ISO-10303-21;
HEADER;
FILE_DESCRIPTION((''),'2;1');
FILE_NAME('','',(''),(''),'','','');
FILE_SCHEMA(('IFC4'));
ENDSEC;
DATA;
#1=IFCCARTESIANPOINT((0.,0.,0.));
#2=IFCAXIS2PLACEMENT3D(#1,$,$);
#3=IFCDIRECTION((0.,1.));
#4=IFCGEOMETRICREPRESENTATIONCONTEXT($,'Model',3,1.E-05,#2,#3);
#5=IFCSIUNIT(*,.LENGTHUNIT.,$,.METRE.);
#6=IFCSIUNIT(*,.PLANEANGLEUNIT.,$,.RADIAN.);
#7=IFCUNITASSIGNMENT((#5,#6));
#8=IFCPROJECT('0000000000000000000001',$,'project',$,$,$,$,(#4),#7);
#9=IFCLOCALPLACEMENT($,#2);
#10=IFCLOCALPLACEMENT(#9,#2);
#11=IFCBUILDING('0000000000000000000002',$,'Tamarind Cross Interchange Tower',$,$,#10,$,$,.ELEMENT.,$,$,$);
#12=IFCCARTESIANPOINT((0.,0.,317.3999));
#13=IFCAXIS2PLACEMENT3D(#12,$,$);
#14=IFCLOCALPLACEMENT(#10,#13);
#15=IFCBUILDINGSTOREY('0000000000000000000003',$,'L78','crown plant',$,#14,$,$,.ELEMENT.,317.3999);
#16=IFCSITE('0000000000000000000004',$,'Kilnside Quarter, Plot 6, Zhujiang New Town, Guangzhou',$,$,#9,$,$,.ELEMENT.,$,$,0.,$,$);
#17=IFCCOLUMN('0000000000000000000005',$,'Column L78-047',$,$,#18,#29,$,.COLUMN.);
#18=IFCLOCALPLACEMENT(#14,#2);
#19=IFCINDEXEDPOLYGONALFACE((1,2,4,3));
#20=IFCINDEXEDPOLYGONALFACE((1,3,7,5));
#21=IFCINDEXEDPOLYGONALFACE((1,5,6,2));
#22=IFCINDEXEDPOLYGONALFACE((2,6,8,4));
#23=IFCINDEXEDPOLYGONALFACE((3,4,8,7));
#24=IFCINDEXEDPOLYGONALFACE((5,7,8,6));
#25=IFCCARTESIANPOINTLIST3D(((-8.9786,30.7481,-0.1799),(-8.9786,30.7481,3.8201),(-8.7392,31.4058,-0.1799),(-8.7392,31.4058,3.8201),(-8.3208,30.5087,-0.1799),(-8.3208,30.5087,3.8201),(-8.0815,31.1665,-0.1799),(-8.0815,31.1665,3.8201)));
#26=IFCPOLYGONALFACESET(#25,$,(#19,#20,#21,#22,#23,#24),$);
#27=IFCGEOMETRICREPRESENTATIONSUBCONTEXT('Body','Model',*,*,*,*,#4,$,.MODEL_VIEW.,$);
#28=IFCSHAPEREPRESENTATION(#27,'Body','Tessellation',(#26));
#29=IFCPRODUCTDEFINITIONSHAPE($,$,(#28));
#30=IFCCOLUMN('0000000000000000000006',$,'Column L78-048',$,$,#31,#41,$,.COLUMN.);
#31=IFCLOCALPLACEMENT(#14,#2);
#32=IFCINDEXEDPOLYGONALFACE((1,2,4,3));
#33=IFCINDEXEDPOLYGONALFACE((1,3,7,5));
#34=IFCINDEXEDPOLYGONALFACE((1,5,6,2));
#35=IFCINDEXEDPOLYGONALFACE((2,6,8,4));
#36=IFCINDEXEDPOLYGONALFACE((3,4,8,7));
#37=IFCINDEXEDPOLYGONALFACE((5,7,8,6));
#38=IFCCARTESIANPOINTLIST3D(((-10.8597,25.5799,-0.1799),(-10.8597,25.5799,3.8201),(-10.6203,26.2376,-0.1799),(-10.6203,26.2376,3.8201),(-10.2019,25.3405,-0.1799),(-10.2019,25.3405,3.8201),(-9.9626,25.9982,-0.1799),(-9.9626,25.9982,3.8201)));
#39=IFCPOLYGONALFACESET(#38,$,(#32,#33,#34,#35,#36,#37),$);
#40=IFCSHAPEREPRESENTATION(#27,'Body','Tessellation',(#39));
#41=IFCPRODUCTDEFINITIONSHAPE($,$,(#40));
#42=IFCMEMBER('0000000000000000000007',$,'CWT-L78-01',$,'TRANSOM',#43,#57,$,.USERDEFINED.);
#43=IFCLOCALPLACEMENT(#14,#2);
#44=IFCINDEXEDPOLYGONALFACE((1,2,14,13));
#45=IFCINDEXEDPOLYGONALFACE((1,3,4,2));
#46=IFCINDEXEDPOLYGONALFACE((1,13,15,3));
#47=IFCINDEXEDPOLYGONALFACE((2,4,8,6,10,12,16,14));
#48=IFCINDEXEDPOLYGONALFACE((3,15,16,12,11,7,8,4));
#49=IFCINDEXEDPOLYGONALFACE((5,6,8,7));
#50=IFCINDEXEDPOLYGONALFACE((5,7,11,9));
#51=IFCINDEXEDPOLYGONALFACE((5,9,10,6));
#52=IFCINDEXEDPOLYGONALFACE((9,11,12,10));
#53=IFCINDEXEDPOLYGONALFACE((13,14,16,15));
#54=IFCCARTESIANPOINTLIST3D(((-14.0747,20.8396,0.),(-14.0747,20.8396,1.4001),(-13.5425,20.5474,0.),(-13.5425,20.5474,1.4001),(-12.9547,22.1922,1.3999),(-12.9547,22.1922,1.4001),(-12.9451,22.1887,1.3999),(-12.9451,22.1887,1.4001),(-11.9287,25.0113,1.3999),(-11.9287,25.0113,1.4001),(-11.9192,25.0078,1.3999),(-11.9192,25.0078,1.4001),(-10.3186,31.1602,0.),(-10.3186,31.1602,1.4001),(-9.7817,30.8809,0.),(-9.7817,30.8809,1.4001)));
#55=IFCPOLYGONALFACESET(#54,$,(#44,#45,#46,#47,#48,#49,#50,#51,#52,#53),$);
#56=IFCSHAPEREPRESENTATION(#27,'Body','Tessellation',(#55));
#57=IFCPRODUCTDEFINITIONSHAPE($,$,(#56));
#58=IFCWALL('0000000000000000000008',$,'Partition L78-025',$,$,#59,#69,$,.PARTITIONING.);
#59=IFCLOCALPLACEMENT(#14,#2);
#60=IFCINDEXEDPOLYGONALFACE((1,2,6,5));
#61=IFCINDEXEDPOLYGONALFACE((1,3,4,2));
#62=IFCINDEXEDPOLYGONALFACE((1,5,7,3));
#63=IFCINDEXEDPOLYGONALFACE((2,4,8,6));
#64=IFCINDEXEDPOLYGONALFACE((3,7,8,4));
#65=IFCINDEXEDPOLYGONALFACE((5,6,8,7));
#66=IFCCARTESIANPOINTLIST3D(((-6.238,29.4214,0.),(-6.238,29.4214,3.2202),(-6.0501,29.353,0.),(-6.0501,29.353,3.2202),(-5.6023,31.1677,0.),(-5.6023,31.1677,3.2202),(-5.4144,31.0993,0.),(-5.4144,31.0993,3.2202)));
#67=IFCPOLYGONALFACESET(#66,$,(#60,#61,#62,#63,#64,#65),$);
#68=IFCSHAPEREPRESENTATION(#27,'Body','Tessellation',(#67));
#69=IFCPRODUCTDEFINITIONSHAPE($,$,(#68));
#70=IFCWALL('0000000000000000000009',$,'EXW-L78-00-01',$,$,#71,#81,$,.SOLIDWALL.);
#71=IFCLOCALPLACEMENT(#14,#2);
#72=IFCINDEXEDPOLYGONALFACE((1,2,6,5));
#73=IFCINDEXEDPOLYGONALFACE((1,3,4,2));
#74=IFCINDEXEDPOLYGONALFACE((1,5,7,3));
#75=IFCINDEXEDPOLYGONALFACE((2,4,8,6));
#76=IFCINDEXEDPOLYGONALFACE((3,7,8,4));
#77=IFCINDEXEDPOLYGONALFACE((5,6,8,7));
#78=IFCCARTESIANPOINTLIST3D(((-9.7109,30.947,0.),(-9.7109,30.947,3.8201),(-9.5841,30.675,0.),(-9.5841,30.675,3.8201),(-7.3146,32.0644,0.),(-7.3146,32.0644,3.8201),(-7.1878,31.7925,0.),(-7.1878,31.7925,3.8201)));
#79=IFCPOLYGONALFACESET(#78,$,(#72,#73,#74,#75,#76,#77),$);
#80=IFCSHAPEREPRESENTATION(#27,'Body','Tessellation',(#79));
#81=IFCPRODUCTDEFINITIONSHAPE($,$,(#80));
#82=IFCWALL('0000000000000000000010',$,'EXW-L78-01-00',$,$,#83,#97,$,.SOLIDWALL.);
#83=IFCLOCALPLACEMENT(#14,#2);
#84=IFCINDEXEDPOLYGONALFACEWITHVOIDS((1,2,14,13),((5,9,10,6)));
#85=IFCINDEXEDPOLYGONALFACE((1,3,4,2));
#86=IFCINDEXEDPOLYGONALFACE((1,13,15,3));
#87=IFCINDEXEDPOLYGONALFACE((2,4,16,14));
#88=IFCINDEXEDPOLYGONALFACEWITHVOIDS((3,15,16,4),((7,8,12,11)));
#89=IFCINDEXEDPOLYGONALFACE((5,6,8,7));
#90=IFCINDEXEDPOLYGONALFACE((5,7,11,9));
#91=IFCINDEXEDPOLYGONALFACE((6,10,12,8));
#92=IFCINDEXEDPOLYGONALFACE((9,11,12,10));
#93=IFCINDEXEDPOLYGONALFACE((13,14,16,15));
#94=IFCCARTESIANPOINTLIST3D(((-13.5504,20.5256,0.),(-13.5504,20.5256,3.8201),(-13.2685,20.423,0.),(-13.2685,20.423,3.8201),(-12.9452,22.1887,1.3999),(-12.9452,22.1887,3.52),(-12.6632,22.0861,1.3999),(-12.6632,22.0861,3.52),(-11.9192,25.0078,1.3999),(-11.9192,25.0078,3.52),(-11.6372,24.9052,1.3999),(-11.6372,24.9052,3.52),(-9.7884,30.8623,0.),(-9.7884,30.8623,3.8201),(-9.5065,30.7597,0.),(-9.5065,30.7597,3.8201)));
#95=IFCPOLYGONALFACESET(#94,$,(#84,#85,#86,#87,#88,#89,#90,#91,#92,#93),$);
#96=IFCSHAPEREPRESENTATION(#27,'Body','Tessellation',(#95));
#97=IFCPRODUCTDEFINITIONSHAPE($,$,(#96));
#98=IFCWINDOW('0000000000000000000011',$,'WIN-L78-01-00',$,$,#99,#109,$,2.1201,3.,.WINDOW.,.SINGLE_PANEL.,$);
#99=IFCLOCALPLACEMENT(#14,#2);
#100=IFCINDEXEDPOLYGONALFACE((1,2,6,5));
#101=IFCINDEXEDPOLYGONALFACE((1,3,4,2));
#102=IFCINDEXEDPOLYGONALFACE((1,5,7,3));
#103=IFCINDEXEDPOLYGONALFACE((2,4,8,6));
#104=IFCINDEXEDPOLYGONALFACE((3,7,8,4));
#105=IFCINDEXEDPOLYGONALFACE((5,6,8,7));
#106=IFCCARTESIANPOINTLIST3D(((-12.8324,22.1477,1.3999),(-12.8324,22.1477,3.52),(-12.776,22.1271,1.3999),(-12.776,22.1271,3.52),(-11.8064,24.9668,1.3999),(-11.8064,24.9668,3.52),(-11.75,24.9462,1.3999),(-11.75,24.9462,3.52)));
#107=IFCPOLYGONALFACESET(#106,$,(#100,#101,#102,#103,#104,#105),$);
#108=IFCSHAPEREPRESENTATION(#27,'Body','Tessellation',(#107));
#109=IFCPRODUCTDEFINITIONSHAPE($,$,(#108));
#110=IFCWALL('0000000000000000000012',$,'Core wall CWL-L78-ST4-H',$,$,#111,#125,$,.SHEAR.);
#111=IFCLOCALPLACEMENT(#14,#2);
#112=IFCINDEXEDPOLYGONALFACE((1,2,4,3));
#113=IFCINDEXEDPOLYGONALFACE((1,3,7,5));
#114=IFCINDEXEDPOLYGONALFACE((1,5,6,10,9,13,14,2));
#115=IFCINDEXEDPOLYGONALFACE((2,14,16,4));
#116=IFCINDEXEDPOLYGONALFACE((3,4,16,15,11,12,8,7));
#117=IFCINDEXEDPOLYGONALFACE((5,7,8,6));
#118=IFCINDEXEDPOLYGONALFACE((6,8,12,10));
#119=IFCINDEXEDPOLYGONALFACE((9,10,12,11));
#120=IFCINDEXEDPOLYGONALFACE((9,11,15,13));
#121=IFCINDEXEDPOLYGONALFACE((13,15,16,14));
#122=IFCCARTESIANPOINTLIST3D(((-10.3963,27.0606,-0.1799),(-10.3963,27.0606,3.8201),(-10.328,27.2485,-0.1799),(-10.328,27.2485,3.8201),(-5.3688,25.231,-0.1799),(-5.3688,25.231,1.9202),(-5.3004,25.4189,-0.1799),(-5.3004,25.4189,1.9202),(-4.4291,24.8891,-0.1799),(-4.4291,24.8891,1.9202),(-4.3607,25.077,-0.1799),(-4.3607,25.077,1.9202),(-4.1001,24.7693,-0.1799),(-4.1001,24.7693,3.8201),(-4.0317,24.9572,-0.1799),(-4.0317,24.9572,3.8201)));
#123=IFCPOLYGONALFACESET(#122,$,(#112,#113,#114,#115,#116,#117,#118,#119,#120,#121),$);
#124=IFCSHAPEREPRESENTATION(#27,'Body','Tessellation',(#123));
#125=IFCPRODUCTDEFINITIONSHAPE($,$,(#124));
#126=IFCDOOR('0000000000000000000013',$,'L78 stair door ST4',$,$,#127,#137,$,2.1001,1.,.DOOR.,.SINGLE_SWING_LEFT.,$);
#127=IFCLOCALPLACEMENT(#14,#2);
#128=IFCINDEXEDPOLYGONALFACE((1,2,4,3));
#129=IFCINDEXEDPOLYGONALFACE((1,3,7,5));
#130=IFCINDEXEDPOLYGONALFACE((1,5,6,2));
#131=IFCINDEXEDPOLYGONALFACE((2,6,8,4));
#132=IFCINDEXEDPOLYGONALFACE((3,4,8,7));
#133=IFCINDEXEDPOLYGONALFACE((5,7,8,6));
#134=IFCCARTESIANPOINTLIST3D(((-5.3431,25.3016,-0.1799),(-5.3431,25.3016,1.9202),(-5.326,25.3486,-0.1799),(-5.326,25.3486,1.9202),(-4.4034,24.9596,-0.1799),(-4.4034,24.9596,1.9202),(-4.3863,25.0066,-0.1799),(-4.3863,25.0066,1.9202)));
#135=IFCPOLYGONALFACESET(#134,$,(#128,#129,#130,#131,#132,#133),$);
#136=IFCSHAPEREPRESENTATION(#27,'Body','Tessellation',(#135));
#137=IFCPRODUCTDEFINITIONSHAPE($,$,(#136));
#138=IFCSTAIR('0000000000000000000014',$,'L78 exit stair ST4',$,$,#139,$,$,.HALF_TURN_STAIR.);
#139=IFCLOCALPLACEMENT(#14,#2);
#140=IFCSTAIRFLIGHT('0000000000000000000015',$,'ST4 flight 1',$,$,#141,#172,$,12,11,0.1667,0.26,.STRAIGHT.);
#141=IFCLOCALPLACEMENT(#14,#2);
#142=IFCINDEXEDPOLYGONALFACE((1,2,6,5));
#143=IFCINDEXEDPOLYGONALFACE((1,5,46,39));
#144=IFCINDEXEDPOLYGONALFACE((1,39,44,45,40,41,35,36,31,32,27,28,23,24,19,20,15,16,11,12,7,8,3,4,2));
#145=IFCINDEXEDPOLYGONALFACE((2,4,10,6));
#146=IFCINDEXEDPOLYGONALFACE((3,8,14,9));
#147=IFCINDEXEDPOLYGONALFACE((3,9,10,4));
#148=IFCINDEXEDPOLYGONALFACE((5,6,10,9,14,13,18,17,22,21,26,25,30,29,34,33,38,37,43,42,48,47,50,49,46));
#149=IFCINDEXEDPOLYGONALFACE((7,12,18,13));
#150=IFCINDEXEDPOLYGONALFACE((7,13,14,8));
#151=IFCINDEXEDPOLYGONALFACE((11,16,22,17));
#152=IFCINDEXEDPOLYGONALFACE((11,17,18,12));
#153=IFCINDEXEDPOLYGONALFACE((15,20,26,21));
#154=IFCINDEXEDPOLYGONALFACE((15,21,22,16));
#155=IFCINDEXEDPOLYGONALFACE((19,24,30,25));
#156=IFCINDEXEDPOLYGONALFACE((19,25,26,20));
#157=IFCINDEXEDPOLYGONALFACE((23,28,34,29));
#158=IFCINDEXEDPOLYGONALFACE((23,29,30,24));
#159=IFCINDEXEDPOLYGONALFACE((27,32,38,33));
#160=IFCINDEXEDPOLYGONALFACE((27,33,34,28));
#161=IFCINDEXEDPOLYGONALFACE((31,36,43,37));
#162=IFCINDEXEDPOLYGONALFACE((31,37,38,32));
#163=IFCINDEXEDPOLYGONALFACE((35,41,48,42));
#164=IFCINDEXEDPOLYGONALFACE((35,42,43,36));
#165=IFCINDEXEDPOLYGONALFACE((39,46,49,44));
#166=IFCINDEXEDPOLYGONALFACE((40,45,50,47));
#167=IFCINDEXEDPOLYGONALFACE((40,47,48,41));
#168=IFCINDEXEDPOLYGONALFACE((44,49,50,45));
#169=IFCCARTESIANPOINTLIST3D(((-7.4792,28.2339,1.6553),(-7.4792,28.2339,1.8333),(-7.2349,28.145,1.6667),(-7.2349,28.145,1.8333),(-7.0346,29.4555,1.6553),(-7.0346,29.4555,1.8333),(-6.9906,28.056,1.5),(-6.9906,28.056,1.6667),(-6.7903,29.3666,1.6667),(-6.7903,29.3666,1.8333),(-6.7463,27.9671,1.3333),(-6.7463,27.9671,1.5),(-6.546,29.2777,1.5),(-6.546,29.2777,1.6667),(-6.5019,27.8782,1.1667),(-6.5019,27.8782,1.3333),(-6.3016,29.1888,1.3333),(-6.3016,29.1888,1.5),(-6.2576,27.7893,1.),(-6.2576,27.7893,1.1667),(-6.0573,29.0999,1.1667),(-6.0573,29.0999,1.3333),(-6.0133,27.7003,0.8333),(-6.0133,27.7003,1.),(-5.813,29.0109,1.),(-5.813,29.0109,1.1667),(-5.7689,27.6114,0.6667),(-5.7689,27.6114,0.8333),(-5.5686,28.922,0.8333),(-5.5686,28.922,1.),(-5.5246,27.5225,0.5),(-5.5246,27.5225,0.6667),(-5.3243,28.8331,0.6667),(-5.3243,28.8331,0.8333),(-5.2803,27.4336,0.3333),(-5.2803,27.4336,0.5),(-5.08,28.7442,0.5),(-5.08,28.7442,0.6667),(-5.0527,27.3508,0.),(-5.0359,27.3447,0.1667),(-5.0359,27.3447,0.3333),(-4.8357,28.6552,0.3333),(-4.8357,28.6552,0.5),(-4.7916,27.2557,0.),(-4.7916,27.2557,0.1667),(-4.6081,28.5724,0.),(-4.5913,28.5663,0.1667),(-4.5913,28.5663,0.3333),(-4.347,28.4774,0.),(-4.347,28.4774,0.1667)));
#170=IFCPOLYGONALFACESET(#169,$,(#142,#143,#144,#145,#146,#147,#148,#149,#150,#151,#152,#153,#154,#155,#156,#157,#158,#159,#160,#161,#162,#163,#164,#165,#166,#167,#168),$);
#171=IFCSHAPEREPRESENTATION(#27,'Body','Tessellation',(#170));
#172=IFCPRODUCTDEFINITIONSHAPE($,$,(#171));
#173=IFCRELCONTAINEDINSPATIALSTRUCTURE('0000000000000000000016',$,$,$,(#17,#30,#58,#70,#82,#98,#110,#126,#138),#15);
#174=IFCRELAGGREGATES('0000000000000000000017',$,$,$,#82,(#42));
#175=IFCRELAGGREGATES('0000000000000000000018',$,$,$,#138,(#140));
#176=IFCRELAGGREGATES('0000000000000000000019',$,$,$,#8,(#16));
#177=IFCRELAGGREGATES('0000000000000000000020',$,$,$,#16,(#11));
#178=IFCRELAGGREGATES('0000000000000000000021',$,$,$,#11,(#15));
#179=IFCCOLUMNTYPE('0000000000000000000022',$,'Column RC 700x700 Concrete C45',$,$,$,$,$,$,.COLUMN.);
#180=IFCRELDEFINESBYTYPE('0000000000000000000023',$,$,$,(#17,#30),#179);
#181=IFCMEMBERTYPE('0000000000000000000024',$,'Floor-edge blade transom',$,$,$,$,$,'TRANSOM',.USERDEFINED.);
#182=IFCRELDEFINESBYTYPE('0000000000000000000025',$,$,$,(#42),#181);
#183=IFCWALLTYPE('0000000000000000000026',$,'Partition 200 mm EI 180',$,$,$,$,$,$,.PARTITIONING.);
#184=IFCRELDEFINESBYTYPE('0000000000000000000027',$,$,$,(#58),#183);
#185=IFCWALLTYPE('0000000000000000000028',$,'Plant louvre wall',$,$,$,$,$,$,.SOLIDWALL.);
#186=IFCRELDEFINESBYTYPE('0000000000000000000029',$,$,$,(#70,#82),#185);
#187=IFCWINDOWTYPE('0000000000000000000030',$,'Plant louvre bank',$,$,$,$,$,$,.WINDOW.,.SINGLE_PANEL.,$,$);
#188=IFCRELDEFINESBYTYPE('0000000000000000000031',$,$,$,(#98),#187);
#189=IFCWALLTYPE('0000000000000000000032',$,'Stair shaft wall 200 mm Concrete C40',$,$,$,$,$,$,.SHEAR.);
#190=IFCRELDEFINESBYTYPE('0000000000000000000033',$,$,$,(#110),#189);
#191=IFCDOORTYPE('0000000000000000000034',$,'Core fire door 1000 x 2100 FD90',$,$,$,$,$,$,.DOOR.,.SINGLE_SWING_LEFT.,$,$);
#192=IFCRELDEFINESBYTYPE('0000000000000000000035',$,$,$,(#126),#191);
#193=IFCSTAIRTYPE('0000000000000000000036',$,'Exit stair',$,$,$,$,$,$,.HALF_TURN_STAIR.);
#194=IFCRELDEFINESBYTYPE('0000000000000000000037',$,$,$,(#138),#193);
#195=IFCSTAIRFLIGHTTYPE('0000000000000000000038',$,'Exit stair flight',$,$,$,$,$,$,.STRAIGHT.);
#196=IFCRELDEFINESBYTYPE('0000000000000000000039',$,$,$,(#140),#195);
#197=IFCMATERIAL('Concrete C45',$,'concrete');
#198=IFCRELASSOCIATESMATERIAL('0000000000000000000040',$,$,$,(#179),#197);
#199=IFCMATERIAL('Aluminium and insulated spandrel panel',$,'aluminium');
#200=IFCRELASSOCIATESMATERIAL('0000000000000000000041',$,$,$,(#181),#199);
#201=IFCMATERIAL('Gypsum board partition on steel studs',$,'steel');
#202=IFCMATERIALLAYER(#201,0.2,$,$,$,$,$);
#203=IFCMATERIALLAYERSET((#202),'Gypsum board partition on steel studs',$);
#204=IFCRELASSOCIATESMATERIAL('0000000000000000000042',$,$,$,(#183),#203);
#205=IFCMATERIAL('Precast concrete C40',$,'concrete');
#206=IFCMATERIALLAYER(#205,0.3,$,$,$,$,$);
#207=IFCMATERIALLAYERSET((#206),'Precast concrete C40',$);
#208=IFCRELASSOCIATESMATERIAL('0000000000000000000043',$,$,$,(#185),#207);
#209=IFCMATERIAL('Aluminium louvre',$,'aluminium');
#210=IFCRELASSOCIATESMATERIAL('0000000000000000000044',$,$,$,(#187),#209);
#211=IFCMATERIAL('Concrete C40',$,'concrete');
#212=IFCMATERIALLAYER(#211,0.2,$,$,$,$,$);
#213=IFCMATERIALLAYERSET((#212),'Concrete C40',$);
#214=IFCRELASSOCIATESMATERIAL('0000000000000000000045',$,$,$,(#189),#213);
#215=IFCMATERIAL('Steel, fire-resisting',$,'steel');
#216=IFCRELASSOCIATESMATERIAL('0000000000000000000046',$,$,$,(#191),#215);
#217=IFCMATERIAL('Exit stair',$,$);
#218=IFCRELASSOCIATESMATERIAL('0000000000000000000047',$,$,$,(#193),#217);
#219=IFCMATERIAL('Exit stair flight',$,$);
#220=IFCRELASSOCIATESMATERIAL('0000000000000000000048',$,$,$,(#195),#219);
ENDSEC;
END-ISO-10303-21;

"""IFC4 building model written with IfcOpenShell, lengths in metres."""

from ifc_helpers import new_model, si_unit, direction, frame, frame_2d, origin, origin_2d, place, context, subcontext, project, spatial, polyline, rectangle, outline, extrude, material, layer, layer_set, material_profile, profile_set, type_object, element, fill, aggregate, save


model = new_model("IFC4")

# Units and contexts
model_context = context("Model", 3, precision=1e-05, world=origin(), true_north=direction((0.0, 1.0)))
body_context = subcontext(model_context, "Body", "Model", "MODEL_VIEW")
ifc_project = project(units=[si_unit("LENGTHUNIT", "METRE"), si_unit("PLANEANGLEUNIT", "RADIAN")], contexts=[model_context])

# Site, building, storey
site_placement = place(None, origin())
site = spatial("IfcSite", under=ifc_project, at=site_placement, Name="Kilnside Quarter, Plot 6, Zhujiang New Town, Guangzhou", CompositionType="ELEMENT", RefElevation=0.0)
building_placement = place(site_placement, origin())
building = spatial("IfcBuilding", under=site, at=building_placement, Name="Tamarind Cross Interchange Tower", CompositionType="ELEMENT")
storey_placement = place(building_placement, frame((0.0, 0.0, 317.3999)))
storey = spatial("IfcBuildingStorey", under=building, at=storey_placement, Name="L78", Description="crown plant", CompositionType="ELEMENT", Elevation=317.3999)

# Columns
ifc_material_1 = material(Name="Concrete C45", Category="concrete")
ifc_material_profile = material_profile(ifc_material_1, rectangle(XDim=0.7, YDim=0.7, at=origin_2d()), Name="RC 700x700")
ifc_profile_set = profile_set([ifc_material_profile], Name="Concrete C45")
column_type = type_object("IfcColumnType", Name="Column RC 700x700 Concrete C45", PredefinedType="COLUMN", material=ifc_profile_set)
for number, where, z_axis, x_axis, name in (
    (1, (-8.53, 30.9573, -0.1799), (0.0, 0.0, 1.0), (0.341994, 0.939702, 0.0), "Column L78-047"),
    (2, (-10.4111, 25.7891, -0.1799), (0.0, 0.0, 1.0), (0.341994, 0.939702, 0.0), "Column L78-048"),
):
    element("IfcColumn", number, at=place(storey_placement, frame(where, z_axis=z_axis, x_axis=x_axis)), inside=storey, type_object=column_type, Name=name, PredefinedType="COLUMN", context=body_context, shape_type="SweptSolid", body=[
        extrude(rectangle(XDim=0.7, YDim=0.7, at=origin_2d()), origin(), (0.0, 0.0, 1.0), 4.0),
    ])

# Member
ifc_material_2 = material(Name="Aluminium and insulated spandrel panel", Category="aluminium")
member_type = type_object("IfcMemberType", Name="Floor-edge blade transom", ElementType="TRANSOM", PredefinedType="USERDEFINED", material=ifc_material_2)
member_placement = place(storey_placement, origin())
member = element("IfcMember", 3, at=member_placement, type_object=member_type, Name="CWT-L78-01", ObjectType="TRANSOM", PredefinedType="USERDEFINED", context=body_context, shape_type="SweptSolid", body=[
    extrude(outline(polyline([(-9.7817, 30.8809), (-13.5425, 20.5474), (-14.0747, 20.8396), (-10.3186, 31.1602), (-9.7817, 30.8809)])), origin(), (0.0, 0.0, 1.0), 1.4001),
])

# Walls
ifc_material_3 = material(Name="Gypsum board partition on steel studs", Category="steel")
ifc_layer_1 = layer(ifc_material_3, 0.2)
ifc_layer_set_1 = layer_set([ifc_layer_1], Name="Gypsum board partition on steel studs")
wall_type_1 = type_object("IfcWallType", Name="Partition 200 mm EI 180", PredefinedType="PARTITIONING", material=ifc_layer_set_1)
wall_1_placement = place(storey_placement, frame((-6.144, 29.3872, 0.0), z_axis=(0.0, 0.0, 1.0), x_axis=(0.342081, 0.939671, 0.0)))
element("IfcWall", 4, at=wall_1_placement, inside=storey, type_object=wall_type_1, Name="Partition L78-025", PredefinedType="PARTITIONING", context=body_context, shape_type="SweptSolid", body=[
    extrude(rectangle(XDim=1.8584, YDim=0.2, at=frame_2d((0.9292, 0.0))), origin(), (0.0, 0.0, 1.0), 3.2202),
])
ifc_material_4 = material(Name="Precast concrete C40", Category="concrete")
ifc_layer_2 = layer(ifc_material_4, 0.3)
ifc_layer_set_2 = layer_set([ifc_layer_2], Name="Precast concrete C40")
wall_type_2 = type_object("IfcWallType", Name="Plant louvre wall", PredefinedType="SOLIDWALL", material=ifc_layer_set_2)
wall_2_placement = place(storey_placement, frame((-7.2512, 31.9285, 0.0), z_axis=(0.0, 0.0, 1.0), x_axis=(-0.906301, -0.422633, 0.0)))
element("IfcWall", 5, at=wall_2_placement, inside=storey, type_object=wall_type_2, Name="EXW-L78-00-01", PredefinedType="SOLIDWALL", context=body_context, shape_type="SweptSolid", body=[
    extrude(rectangle(XDim=2.644, YDim=0.3, at=frame_2d((1.322, 0.0))), origin(), (0.0, 0.0, 1.0), 3.8201),
])

# Wall, opening, window
wall_3_placement = place(storey_placement, frame((-9.6475, 30.811, 0.0), z_axis=(0.0, 0.0, 1.0), x_axis=(-0.341998, -0.939701, 0.0)))
wall_3 = element("IfcWall", 6, at=wall_3_placement, inside=storey, type_object=wall_type_2, Name="EXW-L78-01-00", PredefinedType="SOLIDWALL", context=body_context, shape_type="SweptSolid", body=[
    extrude(rectangle(XDim=11.0, YDim=0.3, at=frame_2d((5.5, 0.0))), origin(), (0.0, 0.0, 1.0), 3.8201),
])
opening_1_placement = place(wall_3_placement, frame((6.2302, 0.0, 1.3999)))
opening_1 = element("IfcOpeningElement", 7, at=opening_1_placement, cuts=wall_3, PredefinedType="OPENING", context=body_context, shape_type="SweptSolid", body=[
    extrude(rectangle(XDim=3.0, YDim=2.1201, at=frame_2d((1.5, 1.0601))), frame((0.0, 0.1599, 0.0), z_axis=(0.0, -1.0, 0.0), x_axis=(1.0, 0.0, 0.0)), (0.0, 0.0, 1.0), 0.3201),
])
ifc_material_5 = material(Name="Aluminium louvre", Category="aluminium")
window_type = type_object("IfcWindowType", Name="Plant louvre bank", PartitioningType="SINGLE_PANEL", PredefinedType="WINDOW", material=ifc_material_5)
window_placement = place(opening_1_placement, origin())
window = element("IfcWindow", 8, at=window_placement, inside=storey, type_object=window_type, Name="WIN-L78-01-00", OverallHeight=2.1201, OverallWidth=3.0, PartitioningType="SINGLE_PANEL", PredefinedType="WINDOW", context=body_context, shape_type="SweptSolid", body=[
    extrude(rectangle(XDim=3.0, YDim=2.1201, at=frame_2d((1.5, 1.0601))), frame((0.0, 0.03, 0.0), z_axis=(0.0, -1.0, 0.0), x_axis=(1.0, 0.0, 0.0)), (0.0, 0.0, 1.0), 0.0601),
])
fill(opening_1, window)
aggregate(wall_3, [member])

# Wall, opening, door
ifc_material_6 = material(Name="Concrete C40", Category="concrete")
ifc_layer_3 = layer(ifc_material_6, 0.2)
ifc_layer_set_3 = layer_set([ifc_layer_3], Name="Concrete C40")
wall_type_3 = type_object("IfcWallType", Name="Stair shaft wall 200 mm Concrete C40", PredefinedType="SHEAR", material=ifc_layer_set_3)
wall_4_placement = place(storey_placement, frame((-4.0659, 24.8633, -0.1799), z_axis=(0.0, 0.0, 1.0), x_axis=(-0.939709, 0.341974, 0.0)))
wall_4 = element("IfcWall", 9, at=wall_4_placement, inside=storey, type_object=wall_type_3, Name="Core wall CWL-L78-ST4-H", PredefinedType="SHEAR", context=body_context, shape_type="SweptSolid", body=[
    extrude(rectangle(XDim=6.7002, YDim=0.2, at=frame_2d((3.3501, 0.0))), origin(), (0.0, 0.0, 1.0), 4.0),
])
opening_2_placement = place(wall_4_placement, frame((0.3501, 0.0, 0.0)))
opening_2 = element("IfcOpeningElement", 10, at=opening_2_placement, cuts=wall_4, PredefinedType="OPENING", context=body_context, shape_type="SweptSolid", body=[
    extrude(rectangle(XDim=1.0, YDim=2.1001, at=frame_2d((0.5, 1.05))), frame((0.0, 0.1099, 0.0), z_axis=(0.0, -1.0, 0.0), x_axis=(1.0, 0.0, 0.0)), (0.0, 0.0, 1.0), 0.22),
])
ifc_material_7 = material(Name="Steel, fire-resisting", Category="steel")
door_type = type_object("IfcDoorType", Name="Core fire door 1000 x 2100 FD90", OperationType="SINGLE_SWING_LEFT", PredefinedType="DOOR", material=ifc_material_7)
door_placement = place(opening_2_placement, origin())
door = element("IfcDoor", 11, at=door_placement, inside=storey, type_object=door_type, Name="L78 stair door ST4", OperationType="SINGLE_SWING_LEFT", OverallHeight=2.1001, OverallWidth=1.0, PredefinedType="DOOR", context=body_context, shape_type="SweptSolid", body=[
    extrude(rectangle(XDim=1.0, YDim=2.1001, at=frame_2d((0.5, 1.05))), frame((0.0, 0.0249, 0.0), z_axis=(0.0, -1.0, 0.0), x_axis=(1.0, 0.0, 0.0)), (0.0, 0.0, 1.0), 0.05),
])
fill(opening_2, door)

# Stair, stair flight
ifc_material_8 = material(Name="Exit stair")
stair_type = type_object("IfcStairType", Name="Exit stair", PredefinedType="HALF_TURN_STAIR", material=ifc_material_8)
stair_placement = place(storey_placement, origin())
stair = element("IfcStair", 12, at=stair_placement, inside=storey, type_object=stair_type, Name="L78 exit stair ST4", PredefinedType="HALF_TURN_STAIR")
ifc_material_9 = material(Name="Exit stair flight")
stair_flight_type = type_object("IfcStairFlightType", Name="Exit stair flight", PredefinedType="STRAIGHT", material=ifc_material_9)
stair_flight_1_placement = place(storey_placement, frame((-4.5693, 27.8665, 0.0), z_axis=(0.0, 0.0, 1.0), x_axis=(-0.939702, 0.341994, 0.0)))
stair_flight_1 = element("IfcStairFlight", 13, at=stair_flight_1_placement, type_object=stair_flight_type, Name="ST4 flight 1", NumberOfRisers=12, NumberOfTreads=11, PredefinedType="STRAIGHT", RiserHeight=0.1667, TreadLength=0.26, context=body_context, shape_type="SweptSolid", body=[
    extrude(outline(polyline([(0.0, 0.0), (0.0, 0.1667), (0.26, 0.1667), (0.26, 0.3333), (0.52, 0.3333), (0.52, 0.5), (0.78, 0.5), (0.78, 0.6667), (1.04, 0.6667), (1.04, 0.8333), (1.3, 0.8333), (1.3, 1.0), (1.5601, 1.0), (1.5601, 1.1667), (1.8201, 1.1667), (1.8201, 1.3333), (2.0801, 1.3333), (2.0801, 1.5), (2.3401, 1.5), (2.3401, 1.6667), (2.6001, 1.6667), (2.6001, 1.8333), (2.8601, 1.8333), (2.8601, 2.0), (2.8601, 1.6553), (0.2778, 0.0), (0.0, 0.0)])), frame((0.0, 0.6499, 0.0), z_axis=(0.0, -1.0, 0.0), x_axis=(1.0, 0.0, 0.0)), (0.0, 0.0, 1.0), 1.3),
])
aggregate(stair, [stair_flight_1])

save(model, "model.ifc")
